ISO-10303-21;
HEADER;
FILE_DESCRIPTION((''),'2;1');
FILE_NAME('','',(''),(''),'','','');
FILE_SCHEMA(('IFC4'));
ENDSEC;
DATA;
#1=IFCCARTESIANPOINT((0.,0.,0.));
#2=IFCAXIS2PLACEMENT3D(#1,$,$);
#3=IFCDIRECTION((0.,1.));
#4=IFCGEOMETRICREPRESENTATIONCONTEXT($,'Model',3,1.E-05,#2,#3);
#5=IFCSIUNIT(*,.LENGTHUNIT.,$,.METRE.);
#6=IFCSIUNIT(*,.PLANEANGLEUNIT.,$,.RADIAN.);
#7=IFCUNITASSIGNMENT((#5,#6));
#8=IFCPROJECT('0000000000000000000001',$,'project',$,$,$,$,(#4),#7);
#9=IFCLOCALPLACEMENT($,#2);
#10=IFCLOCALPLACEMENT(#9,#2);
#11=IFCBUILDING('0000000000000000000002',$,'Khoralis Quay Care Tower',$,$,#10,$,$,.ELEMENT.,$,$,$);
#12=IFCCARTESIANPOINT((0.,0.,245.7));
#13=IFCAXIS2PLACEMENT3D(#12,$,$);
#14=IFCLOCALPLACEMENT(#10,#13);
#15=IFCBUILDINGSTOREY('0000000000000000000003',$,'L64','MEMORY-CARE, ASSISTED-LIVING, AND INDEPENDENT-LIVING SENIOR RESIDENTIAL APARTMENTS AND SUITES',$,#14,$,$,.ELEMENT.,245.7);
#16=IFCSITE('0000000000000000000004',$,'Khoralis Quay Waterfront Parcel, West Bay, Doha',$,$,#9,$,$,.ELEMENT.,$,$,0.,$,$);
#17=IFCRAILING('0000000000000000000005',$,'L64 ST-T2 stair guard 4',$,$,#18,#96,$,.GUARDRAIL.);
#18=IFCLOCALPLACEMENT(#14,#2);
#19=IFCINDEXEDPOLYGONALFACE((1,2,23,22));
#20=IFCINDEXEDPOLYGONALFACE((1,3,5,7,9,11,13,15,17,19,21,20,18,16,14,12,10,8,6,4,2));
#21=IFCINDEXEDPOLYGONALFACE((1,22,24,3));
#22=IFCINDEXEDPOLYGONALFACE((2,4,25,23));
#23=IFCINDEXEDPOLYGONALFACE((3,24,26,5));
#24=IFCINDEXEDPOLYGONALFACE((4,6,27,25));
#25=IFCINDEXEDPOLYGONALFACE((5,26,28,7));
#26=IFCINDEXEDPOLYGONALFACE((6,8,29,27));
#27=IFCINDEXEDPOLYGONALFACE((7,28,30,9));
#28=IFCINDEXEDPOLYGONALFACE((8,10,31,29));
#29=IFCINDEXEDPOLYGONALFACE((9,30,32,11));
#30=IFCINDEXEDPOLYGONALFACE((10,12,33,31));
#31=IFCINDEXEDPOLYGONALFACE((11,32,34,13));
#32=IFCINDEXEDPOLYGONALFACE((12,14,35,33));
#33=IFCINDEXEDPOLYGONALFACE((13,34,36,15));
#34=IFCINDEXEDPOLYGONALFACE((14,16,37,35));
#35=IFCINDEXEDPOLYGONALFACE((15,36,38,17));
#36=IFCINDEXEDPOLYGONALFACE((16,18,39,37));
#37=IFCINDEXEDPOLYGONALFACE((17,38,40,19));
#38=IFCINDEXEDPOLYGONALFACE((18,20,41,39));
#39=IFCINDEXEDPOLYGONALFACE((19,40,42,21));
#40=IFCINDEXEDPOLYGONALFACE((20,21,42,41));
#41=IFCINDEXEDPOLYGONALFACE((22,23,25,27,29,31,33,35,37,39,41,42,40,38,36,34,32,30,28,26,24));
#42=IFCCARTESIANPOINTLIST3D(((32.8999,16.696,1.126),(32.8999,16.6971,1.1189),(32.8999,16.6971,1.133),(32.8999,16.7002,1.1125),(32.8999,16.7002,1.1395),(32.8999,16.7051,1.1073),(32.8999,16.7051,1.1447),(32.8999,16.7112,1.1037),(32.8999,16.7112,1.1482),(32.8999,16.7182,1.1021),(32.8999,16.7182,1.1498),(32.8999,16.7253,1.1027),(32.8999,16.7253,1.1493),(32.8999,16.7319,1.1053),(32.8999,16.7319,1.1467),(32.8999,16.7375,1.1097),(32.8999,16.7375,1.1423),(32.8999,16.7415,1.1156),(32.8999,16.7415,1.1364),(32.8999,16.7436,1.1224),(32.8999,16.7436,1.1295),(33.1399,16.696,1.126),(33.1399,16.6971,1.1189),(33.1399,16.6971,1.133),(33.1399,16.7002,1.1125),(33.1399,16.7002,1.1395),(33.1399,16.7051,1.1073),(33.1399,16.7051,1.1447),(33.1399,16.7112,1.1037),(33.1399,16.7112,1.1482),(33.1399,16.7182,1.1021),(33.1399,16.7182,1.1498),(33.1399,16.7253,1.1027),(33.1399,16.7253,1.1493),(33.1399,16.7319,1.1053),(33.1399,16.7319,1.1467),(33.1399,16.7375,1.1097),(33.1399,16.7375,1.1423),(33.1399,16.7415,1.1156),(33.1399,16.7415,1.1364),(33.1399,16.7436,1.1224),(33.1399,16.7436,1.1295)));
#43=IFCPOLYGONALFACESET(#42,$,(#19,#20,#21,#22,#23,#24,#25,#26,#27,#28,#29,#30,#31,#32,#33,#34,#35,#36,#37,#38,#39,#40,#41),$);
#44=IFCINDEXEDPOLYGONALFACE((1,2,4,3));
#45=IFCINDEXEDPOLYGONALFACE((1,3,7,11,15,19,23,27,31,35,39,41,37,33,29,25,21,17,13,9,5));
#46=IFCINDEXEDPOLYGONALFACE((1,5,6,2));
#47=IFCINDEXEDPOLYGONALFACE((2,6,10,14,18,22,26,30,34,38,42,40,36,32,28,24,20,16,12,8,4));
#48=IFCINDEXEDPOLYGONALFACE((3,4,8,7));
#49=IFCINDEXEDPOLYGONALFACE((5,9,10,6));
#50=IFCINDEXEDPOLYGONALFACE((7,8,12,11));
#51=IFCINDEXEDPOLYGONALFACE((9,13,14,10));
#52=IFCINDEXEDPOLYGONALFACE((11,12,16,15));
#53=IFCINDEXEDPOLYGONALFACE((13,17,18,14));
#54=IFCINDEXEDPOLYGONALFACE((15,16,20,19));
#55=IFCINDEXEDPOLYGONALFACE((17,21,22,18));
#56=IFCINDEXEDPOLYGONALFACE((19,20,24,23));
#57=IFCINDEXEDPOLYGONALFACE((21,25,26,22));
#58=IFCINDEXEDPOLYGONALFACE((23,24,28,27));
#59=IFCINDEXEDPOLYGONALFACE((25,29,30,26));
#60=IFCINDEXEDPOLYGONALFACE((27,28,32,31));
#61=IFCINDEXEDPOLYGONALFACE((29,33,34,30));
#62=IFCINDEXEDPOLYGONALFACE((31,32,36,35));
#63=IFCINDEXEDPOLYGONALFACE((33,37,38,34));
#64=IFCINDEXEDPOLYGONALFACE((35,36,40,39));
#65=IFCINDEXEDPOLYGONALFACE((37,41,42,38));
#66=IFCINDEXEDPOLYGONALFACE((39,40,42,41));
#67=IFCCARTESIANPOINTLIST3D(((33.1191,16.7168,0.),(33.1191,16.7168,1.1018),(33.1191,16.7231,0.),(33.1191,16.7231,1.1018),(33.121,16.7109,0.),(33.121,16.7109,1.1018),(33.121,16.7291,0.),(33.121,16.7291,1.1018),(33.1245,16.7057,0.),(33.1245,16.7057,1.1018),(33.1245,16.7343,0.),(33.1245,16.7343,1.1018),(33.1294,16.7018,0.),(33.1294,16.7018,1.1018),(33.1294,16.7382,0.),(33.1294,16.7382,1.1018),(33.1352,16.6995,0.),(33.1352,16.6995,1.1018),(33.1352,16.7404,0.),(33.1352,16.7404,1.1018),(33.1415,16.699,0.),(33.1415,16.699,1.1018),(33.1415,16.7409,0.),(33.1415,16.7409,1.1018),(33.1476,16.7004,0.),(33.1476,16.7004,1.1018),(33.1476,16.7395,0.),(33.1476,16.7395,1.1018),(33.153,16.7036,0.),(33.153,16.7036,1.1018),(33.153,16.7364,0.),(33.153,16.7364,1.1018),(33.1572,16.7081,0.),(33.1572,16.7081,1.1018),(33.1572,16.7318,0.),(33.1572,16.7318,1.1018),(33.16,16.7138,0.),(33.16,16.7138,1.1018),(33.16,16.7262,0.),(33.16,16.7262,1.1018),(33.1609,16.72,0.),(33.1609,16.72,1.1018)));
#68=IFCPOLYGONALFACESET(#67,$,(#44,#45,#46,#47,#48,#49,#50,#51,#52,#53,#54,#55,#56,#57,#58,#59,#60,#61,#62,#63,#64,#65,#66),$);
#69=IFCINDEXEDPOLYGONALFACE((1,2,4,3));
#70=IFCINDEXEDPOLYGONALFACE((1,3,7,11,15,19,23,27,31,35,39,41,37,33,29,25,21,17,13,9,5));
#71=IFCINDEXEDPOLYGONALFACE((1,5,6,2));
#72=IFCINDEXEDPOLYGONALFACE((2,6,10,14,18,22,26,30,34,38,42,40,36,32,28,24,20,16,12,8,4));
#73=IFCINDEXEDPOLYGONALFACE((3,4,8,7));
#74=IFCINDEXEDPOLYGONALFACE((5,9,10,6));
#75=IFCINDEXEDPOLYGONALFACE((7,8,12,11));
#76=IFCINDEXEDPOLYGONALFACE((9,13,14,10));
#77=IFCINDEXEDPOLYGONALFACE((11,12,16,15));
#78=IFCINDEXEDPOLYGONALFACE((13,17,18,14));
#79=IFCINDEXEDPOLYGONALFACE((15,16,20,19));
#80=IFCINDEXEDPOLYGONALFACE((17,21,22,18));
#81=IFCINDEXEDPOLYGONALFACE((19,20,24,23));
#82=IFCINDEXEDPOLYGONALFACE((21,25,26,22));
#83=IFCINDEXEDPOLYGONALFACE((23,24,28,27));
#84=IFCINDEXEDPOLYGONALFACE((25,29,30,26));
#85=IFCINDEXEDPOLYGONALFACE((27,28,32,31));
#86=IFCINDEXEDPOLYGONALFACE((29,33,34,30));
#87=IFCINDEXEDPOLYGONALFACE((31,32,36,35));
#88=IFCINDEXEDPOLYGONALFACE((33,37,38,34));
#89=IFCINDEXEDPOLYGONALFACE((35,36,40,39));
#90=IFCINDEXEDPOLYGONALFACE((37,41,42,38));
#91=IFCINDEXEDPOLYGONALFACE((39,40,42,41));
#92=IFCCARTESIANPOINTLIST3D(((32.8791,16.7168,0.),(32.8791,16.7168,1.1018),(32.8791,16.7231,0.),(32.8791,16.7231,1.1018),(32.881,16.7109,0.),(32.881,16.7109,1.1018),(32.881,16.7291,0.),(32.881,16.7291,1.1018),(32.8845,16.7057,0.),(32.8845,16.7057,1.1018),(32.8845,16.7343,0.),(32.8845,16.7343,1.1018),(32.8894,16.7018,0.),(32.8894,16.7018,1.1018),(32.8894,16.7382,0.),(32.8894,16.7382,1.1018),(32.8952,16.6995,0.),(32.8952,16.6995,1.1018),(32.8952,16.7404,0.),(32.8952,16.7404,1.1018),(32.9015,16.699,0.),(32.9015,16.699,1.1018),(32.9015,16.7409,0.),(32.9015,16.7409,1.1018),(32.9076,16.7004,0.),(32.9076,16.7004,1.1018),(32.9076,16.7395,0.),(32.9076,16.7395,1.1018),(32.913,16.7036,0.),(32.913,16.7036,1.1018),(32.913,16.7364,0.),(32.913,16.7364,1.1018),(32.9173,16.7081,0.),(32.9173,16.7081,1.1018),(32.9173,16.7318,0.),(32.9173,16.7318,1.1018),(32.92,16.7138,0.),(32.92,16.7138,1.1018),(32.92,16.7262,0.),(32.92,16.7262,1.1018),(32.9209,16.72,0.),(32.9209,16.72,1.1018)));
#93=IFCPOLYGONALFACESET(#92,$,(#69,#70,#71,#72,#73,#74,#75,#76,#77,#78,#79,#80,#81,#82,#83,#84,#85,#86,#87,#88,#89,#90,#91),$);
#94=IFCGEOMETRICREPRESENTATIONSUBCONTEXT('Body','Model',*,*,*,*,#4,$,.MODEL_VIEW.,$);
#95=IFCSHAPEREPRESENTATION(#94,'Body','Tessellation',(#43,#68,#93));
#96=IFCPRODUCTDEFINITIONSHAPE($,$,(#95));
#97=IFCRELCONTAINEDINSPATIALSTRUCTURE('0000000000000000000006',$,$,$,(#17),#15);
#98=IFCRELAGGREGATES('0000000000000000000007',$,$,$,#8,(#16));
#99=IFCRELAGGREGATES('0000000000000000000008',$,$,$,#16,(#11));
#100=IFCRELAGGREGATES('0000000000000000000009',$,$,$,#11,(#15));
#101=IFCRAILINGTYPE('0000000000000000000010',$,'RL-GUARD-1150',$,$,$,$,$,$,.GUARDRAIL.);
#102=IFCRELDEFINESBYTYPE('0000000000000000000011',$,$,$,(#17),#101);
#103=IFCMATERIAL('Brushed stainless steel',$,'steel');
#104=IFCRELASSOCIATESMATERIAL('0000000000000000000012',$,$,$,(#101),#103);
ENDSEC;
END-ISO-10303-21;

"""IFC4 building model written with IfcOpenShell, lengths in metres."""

from ifc_helpers import new_model, si_unit, direction, frame, origin, origin_2d, place, context, subcontext, project, spatial, circle, extrude, material, type_object, element, save


model = new_model("IFC4")

# Units and contexts
model_context = context("Model", 3, precision=1e-05, world=origin(), true_north=direction((0.0, 1.0)))
body_context = subcontext(model_context, "Body", "Model", "MODEL_VIEW")
ifc_project = project(units=[si_unit("LENGTHUNIT", "METRE"), si_unit("PLANEANGLEUNIT", "RADIAN")], contexts=[model_context])

# Site, building, storey
site_placement = place(None, origin())
site = spatial("IfcSite", under=ifc_project, at=site_placement, Name="Khoralis Quay Waterfront Parcel, West Bay, Doha", CompositionType="ELEMENT", RefElevation=0.0)
building_placement = place(site_placement, origin())
building = spatial("IfcBuilding", under=site, at=building_placement, Name="Khoralis Quay Care Tower", CompositionType="ELEMENT")
storey_placement = place(building_placement, frame((0.0, 0.0, 245.7)))
storey = spatial("IfcBuildingStorey", under=building, at=storey_placement, Name="L64", Description="MEMORY-CARE, ASSISTED-LIVING, AND INDEPENDENT-LIVING SENIOR RESIDENTIAL APARTMENTS AND SUITES", CompositionType="ELEMENT", Elevation=245.7)

# Shared definitions
ifc_material_1 = material(Name="Brushed stainless steel", Category="steel")

# Railing
railing_type_1 = type_object("IfcRailingType", Name="RL-GUARD-1150", PredefinedType="GUARDRAIL", material=ifc_material_1)
railing_1_placement = place(storey_placement, frame((33.1399, 16.72, 0.0)))
element("IfcRailing", 1, at=railing_1_placement, inside=storey, type_object=railing_type_1, Name="L64 ST-T2 stair guard 4", PredefinedType="GUARDRAIL", context=body_context, shape_type="SweptSolid", body=[
    extrude(circle(Radius=0.0239, at=origin_2d()), frame((0.0, 0.0, 1.126), z_axis=(-1.0, 0.0, 0.0), x_axis=(0.0, -1.0, 0.0)), (0.0, 0.0, 1.0), 0.24),
    extrude(circle(Radius=0.021, at=origin_2d()), origin(), (0.0, 0.0, 1.0), 1.1018),
    extrude(circle(Radius=0.021, at=origin_2d()), frame((-0.24, 0.0, 0.0)), (0.0, 0.0, 1.0), 1.1018),
])

save(model, "model.ifc")
